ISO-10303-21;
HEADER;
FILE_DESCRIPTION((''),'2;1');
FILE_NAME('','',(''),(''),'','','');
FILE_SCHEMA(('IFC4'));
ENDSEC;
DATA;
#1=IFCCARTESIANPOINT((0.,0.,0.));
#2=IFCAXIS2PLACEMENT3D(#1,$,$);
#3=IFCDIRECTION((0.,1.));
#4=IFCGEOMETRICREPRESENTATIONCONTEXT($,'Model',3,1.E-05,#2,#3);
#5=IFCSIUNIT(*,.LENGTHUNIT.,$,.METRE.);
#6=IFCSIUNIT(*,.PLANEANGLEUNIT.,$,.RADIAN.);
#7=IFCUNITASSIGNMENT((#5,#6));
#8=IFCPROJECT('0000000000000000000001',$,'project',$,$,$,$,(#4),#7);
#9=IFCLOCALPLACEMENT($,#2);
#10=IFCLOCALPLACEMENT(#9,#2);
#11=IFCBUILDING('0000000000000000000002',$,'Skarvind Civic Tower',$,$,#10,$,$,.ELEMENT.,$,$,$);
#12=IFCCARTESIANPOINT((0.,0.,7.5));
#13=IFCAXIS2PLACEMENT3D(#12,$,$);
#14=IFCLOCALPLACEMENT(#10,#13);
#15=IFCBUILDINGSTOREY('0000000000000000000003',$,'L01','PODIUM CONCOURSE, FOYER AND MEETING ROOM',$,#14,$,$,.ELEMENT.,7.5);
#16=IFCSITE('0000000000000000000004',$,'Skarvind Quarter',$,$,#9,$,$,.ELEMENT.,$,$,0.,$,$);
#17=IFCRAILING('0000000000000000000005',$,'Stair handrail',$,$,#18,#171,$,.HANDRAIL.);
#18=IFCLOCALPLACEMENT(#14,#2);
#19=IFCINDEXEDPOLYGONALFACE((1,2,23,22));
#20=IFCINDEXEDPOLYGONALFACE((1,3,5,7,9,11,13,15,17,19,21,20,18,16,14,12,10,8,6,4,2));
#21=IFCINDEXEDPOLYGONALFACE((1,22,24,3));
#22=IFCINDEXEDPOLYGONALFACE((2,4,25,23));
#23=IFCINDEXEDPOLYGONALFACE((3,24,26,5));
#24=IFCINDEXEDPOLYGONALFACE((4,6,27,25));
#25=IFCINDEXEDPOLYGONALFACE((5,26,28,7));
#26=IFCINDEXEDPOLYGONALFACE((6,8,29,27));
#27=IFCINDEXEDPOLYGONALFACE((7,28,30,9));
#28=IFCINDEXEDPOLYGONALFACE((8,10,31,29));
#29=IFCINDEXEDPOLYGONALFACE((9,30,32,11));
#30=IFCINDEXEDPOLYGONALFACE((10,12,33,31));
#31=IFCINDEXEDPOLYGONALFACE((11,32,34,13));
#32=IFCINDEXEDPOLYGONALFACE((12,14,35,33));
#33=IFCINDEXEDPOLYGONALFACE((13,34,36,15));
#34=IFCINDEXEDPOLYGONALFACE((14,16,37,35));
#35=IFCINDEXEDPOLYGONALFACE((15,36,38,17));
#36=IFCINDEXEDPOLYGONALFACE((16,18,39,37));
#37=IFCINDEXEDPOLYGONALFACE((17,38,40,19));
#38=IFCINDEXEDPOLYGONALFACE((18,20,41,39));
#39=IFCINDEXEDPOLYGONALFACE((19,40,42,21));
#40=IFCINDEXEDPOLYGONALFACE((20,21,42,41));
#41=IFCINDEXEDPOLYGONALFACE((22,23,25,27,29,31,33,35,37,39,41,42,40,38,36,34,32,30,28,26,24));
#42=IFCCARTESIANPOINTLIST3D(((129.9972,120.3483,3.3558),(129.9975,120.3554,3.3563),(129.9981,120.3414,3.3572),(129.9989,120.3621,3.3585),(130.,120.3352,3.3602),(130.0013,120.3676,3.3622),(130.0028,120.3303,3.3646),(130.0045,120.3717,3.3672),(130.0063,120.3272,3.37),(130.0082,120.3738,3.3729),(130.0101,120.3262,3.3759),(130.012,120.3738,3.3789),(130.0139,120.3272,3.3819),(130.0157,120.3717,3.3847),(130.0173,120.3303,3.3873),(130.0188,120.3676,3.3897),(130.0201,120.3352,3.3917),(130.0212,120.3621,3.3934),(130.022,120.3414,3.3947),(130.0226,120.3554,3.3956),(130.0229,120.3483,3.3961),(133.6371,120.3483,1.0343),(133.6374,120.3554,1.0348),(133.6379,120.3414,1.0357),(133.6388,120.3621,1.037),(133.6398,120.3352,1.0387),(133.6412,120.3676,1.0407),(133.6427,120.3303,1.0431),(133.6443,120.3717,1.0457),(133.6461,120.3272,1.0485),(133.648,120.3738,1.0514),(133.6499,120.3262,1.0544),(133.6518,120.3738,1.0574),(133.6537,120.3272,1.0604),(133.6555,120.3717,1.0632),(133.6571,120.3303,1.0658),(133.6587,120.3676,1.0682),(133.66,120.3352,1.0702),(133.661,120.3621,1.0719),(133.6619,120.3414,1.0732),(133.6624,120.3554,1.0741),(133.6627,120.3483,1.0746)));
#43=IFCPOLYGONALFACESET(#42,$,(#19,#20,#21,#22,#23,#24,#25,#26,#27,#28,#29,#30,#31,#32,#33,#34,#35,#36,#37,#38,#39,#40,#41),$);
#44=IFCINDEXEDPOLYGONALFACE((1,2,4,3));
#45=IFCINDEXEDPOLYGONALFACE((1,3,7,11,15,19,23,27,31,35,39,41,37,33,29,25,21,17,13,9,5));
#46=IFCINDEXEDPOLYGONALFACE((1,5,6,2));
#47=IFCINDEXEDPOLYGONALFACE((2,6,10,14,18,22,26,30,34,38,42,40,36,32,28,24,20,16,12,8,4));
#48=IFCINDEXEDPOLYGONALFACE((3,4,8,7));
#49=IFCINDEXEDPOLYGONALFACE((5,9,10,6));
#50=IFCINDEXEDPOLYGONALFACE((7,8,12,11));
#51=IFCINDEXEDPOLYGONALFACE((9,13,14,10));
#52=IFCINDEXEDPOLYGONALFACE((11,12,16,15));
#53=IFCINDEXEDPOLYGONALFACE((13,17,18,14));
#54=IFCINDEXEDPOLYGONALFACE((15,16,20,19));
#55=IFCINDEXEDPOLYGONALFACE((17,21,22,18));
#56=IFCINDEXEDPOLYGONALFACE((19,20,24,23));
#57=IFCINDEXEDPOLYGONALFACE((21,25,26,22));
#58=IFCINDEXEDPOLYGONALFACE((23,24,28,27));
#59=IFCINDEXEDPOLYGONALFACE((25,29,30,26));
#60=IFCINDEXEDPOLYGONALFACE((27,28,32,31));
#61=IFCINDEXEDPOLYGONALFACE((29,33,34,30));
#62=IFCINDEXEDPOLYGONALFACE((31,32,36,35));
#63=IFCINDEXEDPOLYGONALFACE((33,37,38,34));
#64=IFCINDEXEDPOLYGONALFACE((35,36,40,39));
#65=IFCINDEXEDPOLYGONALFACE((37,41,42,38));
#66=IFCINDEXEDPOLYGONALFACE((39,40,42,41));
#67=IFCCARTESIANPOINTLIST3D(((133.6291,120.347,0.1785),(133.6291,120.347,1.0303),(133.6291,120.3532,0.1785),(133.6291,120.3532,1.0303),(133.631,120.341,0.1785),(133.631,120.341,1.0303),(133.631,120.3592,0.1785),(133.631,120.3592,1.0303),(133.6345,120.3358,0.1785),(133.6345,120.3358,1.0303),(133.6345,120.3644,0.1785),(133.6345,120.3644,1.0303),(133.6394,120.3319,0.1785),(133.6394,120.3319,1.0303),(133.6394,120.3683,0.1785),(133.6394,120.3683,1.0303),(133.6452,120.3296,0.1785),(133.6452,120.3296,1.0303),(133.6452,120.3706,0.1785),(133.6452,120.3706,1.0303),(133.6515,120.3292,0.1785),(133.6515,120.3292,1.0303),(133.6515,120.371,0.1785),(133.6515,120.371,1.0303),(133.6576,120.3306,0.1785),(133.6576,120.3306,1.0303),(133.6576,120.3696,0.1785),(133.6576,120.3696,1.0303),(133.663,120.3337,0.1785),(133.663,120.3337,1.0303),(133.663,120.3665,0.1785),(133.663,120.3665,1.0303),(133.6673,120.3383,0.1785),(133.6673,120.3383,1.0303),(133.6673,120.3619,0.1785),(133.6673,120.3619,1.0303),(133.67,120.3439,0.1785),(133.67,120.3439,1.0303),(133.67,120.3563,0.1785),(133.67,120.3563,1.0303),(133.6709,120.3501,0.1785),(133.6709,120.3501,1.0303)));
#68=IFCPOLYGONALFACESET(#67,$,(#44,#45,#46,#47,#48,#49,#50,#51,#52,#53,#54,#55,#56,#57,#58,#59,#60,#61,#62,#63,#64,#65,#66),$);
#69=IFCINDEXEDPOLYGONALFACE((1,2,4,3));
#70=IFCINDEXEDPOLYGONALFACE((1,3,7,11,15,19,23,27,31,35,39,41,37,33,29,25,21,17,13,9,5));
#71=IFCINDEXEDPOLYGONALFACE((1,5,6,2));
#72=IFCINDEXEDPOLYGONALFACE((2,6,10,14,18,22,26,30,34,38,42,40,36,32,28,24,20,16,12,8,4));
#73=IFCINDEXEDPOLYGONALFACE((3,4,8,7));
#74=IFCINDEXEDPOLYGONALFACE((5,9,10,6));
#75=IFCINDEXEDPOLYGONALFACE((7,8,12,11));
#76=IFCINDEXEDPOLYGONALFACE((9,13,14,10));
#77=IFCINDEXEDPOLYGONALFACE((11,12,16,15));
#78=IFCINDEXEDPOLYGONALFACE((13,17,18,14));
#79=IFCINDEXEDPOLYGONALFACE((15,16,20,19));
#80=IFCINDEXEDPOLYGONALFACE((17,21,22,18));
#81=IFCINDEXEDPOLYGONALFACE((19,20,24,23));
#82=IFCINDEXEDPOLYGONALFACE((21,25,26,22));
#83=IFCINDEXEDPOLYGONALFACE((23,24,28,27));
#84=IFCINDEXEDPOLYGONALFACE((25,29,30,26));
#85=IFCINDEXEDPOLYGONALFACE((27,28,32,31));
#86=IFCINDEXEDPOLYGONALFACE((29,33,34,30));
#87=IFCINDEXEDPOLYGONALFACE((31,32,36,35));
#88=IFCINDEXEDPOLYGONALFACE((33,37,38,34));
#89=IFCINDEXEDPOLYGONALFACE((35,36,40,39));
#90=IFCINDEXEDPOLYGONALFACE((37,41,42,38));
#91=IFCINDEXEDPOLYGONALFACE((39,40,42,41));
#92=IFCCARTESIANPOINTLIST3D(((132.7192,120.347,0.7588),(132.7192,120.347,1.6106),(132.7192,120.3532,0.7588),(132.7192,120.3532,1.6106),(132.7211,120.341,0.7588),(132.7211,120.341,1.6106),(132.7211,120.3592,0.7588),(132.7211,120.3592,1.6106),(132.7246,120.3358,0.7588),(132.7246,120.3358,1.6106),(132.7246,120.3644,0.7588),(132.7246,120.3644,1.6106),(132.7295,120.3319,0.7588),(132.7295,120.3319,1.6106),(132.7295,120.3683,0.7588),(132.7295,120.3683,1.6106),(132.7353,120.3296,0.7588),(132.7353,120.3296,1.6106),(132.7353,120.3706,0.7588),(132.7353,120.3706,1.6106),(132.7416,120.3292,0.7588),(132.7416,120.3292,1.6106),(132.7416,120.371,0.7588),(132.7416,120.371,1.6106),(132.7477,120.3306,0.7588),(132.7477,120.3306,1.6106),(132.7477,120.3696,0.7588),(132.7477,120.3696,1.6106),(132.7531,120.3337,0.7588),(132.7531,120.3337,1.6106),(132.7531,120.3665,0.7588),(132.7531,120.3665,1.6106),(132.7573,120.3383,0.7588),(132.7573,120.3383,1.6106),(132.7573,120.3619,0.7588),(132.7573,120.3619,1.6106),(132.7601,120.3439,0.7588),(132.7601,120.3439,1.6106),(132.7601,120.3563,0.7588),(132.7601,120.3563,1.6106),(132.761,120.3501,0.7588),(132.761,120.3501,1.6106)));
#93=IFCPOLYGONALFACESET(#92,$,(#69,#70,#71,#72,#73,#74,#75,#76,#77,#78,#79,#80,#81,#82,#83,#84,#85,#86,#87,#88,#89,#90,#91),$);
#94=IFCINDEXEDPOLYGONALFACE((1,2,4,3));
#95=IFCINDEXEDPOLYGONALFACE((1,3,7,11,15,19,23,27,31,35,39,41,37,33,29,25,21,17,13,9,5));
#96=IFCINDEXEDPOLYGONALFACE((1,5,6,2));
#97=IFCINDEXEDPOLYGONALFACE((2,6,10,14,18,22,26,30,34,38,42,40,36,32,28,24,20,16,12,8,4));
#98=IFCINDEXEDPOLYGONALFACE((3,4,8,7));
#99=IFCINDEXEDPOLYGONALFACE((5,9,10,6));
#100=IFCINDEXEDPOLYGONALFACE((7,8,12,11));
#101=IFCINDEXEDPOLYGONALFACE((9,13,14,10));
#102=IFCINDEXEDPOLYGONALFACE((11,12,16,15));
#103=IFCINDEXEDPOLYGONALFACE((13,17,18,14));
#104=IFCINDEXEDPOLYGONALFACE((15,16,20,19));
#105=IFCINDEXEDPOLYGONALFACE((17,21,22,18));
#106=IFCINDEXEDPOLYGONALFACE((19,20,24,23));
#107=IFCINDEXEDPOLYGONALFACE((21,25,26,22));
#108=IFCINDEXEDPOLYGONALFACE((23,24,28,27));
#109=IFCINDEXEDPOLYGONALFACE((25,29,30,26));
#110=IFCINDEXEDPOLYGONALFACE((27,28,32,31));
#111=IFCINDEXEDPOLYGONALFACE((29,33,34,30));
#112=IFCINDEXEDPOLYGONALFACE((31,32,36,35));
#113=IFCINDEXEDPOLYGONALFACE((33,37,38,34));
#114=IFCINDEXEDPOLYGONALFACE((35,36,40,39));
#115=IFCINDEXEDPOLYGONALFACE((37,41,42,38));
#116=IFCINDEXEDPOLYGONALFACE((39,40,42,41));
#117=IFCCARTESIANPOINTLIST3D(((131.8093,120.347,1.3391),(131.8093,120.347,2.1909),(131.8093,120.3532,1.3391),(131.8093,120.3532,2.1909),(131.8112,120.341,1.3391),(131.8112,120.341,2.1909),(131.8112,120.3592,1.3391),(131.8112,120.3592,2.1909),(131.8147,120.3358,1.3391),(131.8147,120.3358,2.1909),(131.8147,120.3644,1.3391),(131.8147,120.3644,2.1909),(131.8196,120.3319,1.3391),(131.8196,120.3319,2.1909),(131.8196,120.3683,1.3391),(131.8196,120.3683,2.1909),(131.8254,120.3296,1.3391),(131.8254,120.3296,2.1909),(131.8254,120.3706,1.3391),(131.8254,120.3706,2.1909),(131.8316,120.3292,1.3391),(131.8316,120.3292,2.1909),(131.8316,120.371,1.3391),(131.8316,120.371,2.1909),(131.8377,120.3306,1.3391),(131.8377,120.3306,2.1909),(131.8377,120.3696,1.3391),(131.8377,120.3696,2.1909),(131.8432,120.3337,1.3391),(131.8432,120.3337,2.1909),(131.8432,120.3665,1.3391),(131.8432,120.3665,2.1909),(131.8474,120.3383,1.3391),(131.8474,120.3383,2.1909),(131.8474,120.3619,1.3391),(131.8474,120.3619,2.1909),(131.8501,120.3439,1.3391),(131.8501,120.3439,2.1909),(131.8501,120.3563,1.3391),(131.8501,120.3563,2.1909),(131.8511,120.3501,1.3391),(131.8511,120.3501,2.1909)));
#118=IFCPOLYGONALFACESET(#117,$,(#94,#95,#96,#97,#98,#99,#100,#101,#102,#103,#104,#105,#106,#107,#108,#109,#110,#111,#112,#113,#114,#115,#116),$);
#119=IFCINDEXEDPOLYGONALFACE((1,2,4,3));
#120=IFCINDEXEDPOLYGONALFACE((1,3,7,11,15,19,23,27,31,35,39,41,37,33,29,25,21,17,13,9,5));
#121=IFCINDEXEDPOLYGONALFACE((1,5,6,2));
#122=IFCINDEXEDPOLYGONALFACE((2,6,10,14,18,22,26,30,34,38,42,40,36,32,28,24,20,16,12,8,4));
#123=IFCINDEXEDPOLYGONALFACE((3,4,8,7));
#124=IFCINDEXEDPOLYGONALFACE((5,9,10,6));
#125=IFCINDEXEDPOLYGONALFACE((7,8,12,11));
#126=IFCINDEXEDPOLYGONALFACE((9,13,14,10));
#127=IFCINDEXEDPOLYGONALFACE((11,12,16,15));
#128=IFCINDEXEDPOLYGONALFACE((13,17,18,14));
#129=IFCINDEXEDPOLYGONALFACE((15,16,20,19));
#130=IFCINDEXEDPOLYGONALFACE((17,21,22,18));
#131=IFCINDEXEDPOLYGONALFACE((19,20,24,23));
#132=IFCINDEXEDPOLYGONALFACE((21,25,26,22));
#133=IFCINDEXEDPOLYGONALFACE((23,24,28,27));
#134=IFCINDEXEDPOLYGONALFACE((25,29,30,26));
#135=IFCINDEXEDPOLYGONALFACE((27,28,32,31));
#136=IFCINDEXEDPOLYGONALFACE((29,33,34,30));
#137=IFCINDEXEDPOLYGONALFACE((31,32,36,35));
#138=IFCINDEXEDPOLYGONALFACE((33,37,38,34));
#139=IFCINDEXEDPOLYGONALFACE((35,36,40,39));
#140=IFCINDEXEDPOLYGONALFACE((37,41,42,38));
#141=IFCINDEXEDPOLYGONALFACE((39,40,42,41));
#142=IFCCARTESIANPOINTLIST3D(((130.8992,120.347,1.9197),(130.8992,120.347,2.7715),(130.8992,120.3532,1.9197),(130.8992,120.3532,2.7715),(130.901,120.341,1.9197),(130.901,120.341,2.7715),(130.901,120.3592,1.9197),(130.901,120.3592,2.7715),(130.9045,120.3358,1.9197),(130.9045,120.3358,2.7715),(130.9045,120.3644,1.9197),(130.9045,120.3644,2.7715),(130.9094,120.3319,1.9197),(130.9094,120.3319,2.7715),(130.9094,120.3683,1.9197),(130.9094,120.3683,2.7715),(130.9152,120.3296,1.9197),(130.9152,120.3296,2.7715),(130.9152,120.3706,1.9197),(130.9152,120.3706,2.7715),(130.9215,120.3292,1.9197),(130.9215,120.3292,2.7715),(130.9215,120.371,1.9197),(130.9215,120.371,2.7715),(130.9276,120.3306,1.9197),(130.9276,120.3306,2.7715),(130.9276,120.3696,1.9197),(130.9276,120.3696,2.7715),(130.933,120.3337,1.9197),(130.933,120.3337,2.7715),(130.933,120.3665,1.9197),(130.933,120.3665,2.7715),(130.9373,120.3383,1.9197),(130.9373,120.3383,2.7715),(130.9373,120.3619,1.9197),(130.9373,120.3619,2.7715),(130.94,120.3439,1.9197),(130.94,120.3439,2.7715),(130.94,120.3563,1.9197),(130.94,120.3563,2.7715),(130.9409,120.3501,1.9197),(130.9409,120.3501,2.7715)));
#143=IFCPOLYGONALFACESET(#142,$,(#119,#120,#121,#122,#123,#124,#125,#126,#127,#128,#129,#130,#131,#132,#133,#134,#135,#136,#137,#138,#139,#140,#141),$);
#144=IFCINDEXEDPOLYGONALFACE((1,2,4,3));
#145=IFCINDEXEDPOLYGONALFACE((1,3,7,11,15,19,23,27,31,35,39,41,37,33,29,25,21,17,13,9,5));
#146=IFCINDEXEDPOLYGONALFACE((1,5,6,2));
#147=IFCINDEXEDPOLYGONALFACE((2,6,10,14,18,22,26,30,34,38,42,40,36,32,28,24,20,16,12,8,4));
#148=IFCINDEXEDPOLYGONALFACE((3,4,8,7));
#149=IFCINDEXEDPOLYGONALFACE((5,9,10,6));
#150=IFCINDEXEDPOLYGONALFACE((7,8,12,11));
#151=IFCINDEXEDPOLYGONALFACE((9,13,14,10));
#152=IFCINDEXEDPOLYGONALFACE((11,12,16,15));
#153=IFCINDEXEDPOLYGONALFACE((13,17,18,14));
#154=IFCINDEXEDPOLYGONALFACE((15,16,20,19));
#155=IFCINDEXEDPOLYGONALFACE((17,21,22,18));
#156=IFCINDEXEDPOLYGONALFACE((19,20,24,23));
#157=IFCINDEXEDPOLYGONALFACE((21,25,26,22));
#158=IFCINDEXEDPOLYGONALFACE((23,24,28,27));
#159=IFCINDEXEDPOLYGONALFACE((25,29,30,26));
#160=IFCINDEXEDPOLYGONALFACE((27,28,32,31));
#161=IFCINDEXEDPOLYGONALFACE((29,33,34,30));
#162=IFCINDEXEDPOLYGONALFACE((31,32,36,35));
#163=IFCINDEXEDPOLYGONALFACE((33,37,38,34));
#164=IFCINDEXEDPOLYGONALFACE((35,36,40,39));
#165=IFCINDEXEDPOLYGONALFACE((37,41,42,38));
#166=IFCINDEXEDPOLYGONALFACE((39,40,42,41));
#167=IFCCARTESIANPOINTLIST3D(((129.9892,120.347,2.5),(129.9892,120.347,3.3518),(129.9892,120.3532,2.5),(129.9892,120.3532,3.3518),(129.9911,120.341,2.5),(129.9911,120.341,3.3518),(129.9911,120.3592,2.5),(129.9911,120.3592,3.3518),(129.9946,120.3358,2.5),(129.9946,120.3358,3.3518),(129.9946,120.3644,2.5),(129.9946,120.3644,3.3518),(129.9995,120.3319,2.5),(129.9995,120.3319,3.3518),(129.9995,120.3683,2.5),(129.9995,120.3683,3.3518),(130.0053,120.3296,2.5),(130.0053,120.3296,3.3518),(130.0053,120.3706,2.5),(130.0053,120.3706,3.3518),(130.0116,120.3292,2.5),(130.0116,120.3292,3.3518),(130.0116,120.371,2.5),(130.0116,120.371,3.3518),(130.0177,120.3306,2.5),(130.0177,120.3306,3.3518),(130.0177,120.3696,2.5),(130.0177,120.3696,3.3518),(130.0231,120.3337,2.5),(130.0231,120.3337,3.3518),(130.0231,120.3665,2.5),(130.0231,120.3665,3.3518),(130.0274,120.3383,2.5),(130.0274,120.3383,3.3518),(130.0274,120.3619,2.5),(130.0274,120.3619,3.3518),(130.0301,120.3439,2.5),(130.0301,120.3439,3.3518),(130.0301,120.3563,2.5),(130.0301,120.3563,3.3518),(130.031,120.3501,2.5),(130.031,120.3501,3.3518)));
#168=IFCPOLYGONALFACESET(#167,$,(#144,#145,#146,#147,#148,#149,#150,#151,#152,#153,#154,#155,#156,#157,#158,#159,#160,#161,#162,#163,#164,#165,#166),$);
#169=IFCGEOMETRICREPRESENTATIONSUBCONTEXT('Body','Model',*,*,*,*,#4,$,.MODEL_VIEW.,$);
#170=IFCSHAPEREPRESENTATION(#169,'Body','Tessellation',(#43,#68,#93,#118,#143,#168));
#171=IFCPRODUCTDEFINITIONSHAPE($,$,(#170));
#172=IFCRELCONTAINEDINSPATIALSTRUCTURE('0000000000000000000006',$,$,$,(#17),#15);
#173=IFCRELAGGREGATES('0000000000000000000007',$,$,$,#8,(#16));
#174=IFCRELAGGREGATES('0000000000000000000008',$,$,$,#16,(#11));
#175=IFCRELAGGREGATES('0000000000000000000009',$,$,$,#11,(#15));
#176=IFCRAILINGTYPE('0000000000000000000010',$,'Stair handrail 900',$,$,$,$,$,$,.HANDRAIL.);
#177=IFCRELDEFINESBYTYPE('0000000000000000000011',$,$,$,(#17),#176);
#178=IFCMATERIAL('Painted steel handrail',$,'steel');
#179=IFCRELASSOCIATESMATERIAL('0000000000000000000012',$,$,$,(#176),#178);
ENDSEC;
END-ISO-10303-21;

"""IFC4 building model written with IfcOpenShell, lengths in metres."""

from ifc_helpers import new_model, si_unit, direction, frame, origin, origin_2d, place, context, subcontext, project, spatial, circle, extrude, material, type_object, element, save


model = new_model("IFC4")

# Units and contexts
model_context = context("Model", 3, precision=1e-05, world=origin(), true_north=direction((0.0, 1.0)))
body_context = subcontext(model_context, "Body", "Model", "MODEL_VIEW")
ifc_project = project(units=[si_unit("LENGTHUNIT", "METRE"), si_unit("PLANEANGLEUNIT", "RADIAN")], contexts=[model_context])

# Site, building, storey
site_placement = place(None, origin())
site = spatial("IfcSite", under=ifc_project, at=site_placement, Name="Skarvind Quarter", CompositionType="ELEMENT", RefElevation=0.0)
building_placement = place(site_placement, origin())
building = spatial("IfcBuilding", under=site, at=building_placement, Name="Skarvind Civic Tower", CompositionType="ELEMENT")
storey_placement = place(building_placement, frame((0.0, 0.0, 7.5)))
storey = spatial("IfcBuildingStorey", under=building, at=storey_placement, Name="L01", Description="PODIUM CONCOURSE, FOYER AND MEETING ROOM", CompositionType="ELEMENT", Elevation=7.5)

# Railing
ifc_material_1 = material(Name="Painted steel handrail", Category="steel")
railing_type = type_object("IfcRailingType", Name="Stair handrail 900", PredefinedType="HANDRAIL", material=ifc_material_1)
railing_1_placement = place(storey_placement, frame((133.6499, 120.3501, 0.1785)))
element("IfcRailing", 1, at=railing_1_placement, inside=storey, type_object=railing_type, Name="Stair handrail", PredefinedType="HANDRAIL", context=body_context, shape_type="SweptSolid", body=[
    extrude(circle(Radius=0.0239, at=origin_2d()), frame((0.0, 0.0, 0.876), z_axis=(-0.843112, 0.0, 0.537739), x_axis=(0.0, -1.0, 0.0)), (0.0, 0.0, 1.0), 4.3171),
    extrude(circle(Radius=0.021, at=origin_2d()), origin(), (0.0, 0.0, 1.0), 0.8518),
    extrude(circle(Radius=0.021, at=origin_2d()), frame((-0.9099, 0.0, 0.5803)), (0.0, 0.0, 1.0), 0.8518),
    extrude(circle(Radius=0.021, at=origin_2d()), frame((-1.8198, 0.0, 1.1606)), (0.0, 0.0, 1.0), 0.8518),
    extrude(circle(Radius=0.021, at=origin_2d()), frame((-2.73, 0.0, 1.7412)), (0.0, 0.0, 1.0), 0.8518),
    extrude(circle(Radius=0.021, at=origin_2d()), frame((-3.6399, 0.0, 2.3215)), (0.0, 0.0, 1.0), 0.8518),
])

save(model, "model.ifc")
